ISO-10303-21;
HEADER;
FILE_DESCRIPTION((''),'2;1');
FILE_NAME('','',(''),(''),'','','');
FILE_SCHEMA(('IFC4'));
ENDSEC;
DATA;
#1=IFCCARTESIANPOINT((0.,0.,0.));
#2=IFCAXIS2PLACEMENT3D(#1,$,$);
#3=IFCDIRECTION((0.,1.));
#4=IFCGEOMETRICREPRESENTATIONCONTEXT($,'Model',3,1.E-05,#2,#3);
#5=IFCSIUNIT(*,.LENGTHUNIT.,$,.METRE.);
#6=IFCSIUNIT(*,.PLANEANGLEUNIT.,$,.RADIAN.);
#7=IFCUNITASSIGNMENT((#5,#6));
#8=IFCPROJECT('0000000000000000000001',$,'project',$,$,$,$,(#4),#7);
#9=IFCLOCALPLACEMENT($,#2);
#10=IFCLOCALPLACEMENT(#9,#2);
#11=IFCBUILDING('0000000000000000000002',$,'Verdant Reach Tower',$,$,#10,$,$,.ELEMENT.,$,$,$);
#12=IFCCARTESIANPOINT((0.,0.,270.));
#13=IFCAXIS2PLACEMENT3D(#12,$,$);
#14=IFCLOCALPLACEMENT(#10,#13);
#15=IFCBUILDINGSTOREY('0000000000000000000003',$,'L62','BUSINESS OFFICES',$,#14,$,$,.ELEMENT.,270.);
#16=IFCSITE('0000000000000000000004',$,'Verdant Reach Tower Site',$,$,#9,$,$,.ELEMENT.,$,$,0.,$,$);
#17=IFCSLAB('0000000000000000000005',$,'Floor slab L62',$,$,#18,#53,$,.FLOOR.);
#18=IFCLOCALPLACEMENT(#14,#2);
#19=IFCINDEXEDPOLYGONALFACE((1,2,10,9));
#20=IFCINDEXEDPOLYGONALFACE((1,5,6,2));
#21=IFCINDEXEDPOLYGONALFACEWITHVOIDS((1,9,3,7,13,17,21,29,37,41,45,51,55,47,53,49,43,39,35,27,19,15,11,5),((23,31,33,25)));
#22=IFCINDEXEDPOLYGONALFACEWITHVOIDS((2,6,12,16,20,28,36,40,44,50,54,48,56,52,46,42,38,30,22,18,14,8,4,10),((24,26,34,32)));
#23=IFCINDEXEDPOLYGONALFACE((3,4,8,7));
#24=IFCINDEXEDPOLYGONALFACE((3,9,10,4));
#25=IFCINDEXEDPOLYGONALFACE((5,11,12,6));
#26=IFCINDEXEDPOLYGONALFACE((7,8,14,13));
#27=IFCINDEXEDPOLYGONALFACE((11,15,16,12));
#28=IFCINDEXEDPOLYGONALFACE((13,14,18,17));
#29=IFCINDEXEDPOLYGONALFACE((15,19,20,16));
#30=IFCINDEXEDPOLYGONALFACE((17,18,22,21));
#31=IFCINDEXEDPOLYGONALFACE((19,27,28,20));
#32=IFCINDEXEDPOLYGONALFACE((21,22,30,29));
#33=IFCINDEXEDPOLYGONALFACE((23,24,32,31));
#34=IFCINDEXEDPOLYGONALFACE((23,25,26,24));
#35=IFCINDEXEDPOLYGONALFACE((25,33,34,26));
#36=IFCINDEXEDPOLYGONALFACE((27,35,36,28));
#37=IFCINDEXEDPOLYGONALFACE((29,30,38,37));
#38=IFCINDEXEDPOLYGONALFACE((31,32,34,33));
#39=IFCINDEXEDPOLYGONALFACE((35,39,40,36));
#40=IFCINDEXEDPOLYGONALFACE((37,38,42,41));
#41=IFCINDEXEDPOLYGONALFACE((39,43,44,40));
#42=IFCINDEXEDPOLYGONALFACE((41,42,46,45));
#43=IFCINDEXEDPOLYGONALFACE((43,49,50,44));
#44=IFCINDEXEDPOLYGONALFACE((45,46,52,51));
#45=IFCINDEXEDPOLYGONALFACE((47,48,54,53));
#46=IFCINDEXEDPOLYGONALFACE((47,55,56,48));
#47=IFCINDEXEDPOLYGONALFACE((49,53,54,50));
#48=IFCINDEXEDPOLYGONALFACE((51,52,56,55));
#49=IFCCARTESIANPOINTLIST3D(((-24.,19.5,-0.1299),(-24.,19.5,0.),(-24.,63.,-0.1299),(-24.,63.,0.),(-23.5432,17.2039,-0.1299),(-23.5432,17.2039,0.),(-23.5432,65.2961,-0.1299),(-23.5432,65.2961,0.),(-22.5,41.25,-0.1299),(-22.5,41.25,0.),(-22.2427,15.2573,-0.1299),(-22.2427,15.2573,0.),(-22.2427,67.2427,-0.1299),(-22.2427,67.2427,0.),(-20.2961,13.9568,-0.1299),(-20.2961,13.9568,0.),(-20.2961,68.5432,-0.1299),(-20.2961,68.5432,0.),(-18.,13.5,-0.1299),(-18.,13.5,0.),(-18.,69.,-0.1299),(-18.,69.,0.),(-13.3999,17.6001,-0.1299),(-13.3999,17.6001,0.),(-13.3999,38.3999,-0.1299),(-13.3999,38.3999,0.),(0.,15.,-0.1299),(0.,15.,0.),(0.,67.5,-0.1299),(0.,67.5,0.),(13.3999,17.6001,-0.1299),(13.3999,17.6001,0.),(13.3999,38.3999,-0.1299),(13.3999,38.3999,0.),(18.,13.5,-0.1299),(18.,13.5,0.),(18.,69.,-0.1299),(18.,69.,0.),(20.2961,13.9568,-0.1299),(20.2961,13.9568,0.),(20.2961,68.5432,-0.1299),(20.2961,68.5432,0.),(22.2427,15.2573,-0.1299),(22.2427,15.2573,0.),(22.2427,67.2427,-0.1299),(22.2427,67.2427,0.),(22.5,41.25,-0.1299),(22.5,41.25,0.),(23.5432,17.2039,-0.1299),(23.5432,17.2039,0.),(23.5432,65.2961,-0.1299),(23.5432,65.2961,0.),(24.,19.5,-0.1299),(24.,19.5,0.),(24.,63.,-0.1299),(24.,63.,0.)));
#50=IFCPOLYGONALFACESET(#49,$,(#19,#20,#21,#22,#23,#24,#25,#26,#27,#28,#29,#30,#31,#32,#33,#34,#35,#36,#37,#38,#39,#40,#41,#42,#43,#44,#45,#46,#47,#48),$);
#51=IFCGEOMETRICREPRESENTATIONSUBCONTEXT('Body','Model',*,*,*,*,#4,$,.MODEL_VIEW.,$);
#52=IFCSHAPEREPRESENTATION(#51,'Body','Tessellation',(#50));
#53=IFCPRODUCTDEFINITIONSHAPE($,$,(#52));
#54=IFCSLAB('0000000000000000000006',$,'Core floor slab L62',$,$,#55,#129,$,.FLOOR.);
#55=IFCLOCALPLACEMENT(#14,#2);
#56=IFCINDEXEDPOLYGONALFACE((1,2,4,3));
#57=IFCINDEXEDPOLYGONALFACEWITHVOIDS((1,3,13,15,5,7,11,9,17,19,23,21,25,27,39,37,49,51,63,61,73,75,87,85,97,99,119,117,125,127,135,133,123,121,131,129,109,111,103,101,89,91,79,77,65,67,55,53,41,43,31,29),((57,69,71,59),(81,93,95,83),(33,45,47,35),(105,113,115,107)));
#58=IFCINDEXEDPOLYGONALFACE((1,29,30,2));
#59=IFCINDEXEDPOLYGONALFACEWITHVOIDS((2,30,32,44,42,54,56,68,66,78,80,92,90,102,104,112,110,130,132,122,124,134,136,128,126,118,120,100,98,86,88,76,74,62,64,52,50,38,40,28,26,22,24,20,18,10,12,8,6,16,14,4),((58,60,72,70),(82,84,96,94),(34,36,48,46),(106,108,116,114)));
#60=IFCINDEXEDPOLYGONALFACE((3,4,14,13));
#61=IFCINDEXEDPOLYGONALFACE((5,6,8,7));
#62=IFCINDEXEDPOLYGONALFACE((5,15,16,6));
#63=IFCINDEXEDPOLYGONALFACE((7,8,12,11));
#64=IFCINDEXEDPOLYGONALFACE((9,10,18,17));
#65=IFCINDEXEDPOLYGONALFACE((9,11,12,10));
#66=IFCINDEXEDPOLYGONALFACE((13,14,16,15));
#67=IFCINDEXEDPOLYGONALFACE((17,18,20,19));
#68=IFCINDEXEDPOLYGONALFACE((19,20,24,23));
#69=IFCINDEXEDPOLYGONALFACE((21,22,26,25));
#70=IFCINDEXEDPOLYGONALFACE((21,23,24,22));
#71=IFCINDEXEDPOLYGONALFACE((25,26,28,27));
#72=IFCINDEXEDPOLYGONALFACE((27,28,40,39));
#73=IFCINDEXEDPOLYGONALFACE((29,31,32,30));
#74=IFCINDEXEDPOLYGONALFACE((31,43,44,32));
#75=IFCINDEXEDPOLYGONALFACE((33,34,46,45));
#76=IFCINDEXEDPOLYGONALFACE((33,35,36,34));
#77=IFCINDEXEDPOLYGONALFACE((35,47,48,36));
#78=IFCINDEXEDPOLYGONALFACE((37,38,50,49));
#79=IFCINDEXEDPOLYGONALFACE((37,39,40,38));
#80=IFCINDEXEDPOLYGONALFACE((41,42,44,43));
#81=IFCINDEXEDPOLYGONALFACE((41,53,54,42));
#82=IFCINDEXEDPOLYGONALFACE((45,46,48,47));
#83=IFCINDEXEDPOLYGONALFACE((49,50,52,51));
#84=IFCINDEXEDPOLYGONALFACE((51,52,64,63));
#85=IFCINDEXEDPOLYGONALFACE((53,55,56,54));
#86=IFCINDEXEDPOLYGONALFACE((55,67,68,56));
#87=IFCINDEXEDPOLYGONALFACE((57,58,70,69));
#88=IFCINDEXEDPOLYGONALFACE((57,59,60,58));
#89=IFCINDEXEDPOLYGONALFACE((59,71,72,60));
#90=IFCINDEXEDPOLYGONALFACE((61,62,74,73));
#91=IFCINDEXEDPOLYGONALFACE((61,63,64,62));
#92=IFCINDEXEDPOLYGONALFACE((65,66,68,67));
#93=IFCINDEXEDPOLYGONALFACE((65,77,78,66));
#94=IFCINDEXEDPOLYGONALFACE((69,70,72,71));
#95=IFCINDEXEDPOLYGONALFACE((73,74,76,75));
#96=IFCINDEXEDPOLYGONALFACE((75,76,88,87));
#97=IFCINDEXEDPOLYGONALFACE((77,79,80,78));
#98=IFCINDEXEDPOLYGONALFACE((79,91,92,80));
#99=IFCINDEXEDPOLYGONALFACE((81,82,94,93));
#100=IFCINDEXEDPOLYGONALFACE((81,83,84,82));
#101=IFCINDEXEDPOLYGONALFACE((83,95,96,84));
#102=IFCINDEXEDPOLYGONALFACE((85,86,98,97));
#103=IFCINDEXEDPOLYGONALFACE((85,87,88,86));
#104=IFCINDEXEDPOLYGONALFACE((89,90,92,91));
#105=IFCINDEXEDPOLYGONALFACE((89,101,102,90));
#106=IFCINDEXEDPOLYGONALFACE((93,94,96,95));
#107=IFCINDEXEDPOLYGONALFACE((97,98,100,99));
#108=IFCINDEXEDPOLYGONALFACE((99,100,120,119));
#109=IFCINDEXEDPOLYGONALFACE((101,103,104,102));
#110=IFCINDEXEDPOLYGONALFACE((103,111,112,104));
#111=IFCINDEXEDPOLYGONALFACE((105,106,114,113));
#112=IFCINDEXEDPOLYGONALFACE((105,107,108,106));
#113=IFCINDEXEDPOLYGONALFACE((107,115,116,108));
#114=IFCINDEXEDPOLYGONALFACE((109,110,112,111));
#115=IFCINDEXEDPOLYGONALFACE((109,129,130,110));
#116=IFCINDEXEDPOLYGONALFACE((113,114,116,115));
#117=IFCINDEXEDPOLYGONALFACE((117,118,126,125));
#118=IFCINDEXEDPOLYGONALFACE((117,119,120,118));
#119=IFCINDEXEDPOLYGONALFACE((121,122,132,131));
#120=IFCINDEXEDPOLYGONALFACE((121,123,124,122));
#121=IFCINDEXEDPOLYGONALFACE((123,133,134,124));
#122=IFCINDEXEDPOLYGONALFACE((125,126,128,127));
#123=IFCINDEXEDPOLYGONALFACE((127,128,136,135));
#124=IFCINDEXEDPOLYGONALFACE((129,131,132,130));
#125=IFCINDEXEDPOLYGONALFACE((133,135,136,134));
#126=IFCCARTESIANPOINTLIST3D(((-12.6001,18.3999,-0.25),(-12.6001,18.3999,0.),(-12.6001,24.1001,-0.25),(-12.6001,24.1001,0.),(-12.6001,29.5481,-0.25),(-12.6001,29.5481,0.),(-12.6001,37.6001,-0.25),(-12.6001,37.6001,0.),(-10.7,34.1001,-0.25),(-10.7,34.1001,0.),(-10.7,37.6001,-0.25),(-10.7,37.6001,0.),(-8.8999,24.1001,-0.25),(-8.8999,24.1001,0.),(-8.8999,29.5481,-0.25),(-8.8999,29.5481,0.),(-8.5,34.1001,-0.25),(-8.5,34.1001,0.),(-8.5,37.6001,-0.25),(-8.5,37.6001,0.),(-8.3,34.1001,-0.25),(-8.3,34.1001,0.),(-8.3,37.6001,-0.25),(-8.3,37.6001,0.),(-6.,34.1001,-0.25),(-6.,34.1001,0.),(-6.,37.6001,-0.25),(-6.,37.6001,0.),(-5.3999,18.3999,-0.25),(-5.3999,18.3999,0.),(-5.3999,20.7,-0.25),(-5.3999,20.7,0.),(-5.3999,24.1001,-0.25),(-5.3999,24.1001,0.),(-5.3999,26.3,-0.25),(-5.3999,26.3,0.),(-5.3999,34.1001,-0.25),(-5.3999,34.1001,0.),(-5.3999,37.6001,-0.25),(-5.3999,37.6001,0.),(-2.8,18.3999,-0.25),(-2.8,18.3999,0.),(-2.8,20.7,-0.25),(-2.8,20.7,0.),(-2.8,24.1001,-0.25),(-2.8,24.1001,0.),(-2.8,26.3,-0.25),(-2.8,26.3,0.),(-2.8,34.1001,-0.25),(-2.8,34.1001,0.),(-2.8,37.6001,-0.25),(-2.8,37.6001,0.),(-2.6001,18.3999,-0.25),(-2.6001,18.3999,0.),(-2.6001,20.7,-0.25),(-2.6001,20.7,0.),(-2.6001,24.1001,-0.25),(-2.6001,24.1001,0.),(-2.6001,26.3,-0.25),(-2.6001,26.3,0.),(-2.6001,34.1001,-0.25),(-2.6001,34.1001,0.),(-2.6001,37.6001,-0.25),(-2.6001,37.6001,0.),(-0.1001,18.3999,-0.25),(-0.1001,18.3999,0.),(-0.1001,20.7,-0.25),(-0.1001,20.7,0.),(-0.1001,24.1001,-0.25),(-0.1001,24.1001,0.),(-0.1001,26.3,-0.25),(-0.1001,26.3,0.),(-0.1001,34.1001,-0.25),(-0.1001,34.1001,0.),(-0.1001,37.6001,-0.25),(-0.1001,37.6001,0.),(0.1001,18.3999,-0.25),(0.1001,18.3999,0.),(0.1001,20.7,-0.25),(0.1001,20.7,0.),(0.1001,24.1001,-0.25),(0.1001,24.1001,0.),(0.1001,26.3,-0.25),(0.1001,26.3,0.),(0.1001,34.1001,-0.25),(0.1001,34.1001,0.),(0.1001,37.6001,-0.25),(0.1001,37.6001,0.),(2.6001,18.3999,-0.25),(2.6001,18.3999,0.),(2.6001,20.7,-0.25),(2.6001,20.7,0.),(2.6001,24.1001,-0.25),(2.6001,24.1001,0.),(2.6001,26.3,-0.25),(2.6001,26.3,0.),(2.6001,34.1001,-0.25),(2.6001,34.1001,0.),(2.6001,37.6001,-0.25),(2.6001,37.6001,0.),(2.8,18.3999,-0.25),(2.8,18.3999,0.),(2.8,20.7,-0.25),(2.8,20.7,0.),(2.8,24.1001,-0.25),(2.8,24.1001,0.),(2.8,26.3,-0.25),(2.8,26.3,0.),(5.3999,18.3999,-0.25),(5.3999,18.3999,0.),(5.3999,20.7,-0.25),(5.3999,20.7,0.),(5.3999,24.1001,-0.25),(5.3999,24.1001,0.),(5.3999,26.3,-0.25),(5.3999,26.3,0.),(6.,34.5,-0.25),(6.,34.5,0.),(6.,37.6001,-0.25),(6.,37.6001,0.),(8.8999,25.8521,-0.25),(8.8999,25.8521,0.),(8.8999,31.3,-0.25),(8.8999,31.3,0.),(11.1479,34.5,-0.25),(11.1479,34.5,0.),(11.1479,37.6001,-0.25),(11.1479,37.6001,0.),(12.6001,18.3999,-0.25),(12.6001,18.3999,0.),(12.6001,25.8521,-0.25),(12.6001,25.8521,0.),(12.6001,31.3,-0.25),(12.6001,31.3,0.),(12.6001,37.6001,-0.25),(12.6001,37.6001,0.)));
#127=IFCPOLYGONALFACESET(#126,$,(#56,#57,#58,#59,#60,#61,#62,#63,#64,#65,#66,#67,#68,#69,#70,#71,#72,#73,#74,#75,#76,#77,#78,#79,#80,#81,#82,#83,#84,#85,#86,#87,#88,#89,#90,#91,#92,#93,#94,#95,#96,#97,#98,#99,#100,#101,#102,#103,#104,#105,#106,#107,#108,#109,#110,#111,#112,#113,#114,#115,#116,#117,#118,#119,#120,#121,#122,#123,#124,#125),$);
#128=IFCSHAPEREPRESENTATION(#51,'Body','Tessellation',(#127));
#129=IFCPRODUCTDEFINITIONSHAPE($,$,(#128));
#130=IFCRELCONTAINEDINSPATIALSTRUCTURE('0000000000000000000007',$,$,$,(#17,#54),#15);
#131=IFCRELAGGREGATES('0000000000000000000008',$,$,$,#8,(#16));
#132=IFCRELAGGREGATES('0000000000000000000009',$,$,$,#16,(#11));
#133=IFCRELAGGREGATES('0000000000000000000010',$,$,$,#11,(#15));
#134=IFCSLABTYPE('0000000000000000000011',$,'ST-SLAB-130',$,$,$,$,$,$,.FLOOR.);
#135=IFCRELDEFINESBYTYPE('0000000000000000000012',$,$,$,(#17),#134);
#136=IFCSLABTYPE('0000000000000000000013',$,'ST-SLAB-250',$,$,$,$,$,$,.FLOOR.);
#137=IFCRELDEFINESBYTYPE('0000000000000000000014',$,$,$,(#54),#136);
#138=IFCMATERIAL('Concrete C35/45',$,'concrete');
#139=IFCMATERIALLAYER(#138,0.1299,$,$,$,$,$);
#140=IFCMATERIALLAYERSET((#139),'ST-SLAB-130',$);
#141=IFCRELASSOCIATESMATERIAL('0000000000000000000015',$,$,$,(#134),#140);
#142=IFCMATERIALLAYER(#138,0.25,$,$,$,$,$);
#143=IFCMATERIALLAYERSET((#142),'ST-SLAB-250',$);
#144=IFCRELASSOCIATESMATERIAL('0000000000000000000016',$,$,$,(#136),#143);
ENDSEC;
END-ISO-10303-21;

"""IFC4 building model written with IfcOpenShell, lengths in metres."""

from ifc_helpers import new_model, si_unit, direction, frame, origin, place, context, subcontext, project, spatial, polyline, outline, extrude, material, layer, layer_set, type_object, element, save


model = new_model("IFC4")

# Units and contexts
model_context = context("Model", 3, precision=1e-05, world=origin(), true_north=direction((0.0, 1.0)))
body_context = subcontext(model_context, "Body", "Model", "MODEL_VIEW")
ifc_project = project(units=[si_unit("LENGTHUNIT", "METRE"), si_unit("PLANEANGLEUNIT", "RADIAN")], contexts=[model_context])

# Site, building, storey
site_placement = place(None, origin())
site = spatial("IfcSite", under=ifc_project, at=site_placement, Name="Verdant Reach Tower Site", CompositionType="ELEMENT", RefElevation=0.0)
building_placement = place(site_placement, origin())
building = spatial("IfcBuilding", under=site, at=building_placement, Name="Verdant Reach Tower", CompositionType="ELEMENT")
storey_placement = place(building_placement, frame((0.0, 0.0, 270.0)))
storey = spatial("IfcBuildingStorey", under=building, at=storey_placement, Name="L62", Description="BUSINESS OFFICES", CompositionType="ELEMENT", Elevation=270.0)

# Slabs
ifc_material_1 = material(Name="Concrete C35/45", Category="concrete")
ifc_layer_1 = layer(ifc_material_1, 0.1299)
ifc_layer_set_1 = layer_set([ifc_layer_1], Name="ST-SLAB-130")
slab_type_1 = type_object("IfcSlabType", Name="ST-SLAB-130", PredefinedType="FLOOR", material=ifc_layer_set_1)
slab_1_placement = place(storey_placement, frame((0.0, 0.0, -0.1299)))
element("IfcSlab", 1, at=slab_1_placement, inside=storey, type_object=slab_type_1, Name="Floor slab L62", PredefinedType="FLOOR", context=body_context, shape_type="SweptSolid", body=[
    extrude(outline(polyline([(0.0, 15.0), (-18.0, 13.5), (-20.2961, 13.9568), (-22.2427, 15.2573), (-23.5432, 17.2039), (-24.0, 19.5), (-22.5, 41.25), (-24.0, 63.0), (-23.5432, 65.2961), (-22.2427, 67.2427), (-20.2961, 68.5432), (-18.0, 69.0), (0.0, 67.5), (18.0, 69.0), (20.2961, 68.5432), (22.2427, 67.2427), (23.5432, 65.2961), (24.0, 63.0), (22.5, 41.25), (24.0, 19.5), (23.5432, 17.2039), (22.2427, 15.2573), (20.2961, 13.9568), (18.0, 13.5), (0.0, 15.0)]), holes=[polyline([(13.3999, 38.3999), (-13.3999, 38.3999), (-13.3999, 17.6001), (13.3999, 17.6001), (13.3999, 38.3999)])]), origin(), (0.0, 0.0, 1.0), 0.1299),
])
ifc_layer_2 = layer(ifc_material_1, 0.25)
ifc_layer_set_2 = layer_set([ifc_layer_2], Name="ST-SLAB-250")
slab_type_2 = type_object("IfcSlabType", Name="ST-SLAB-250", PredefinedType="FLOOR", material=ifc_layer_set_2)
slab_2_placement = place(storey_placement, frame((0.0, 0.0, -0.25)))
element("IfcSlab", 2, at=slab_2_placement, inside=storey, type_object=slab_type_2, Name="Core floor slab L62", PredefinedType="FLOOR", context=body_context, shape_type="SweptSolid", body=[
    extrude(outline(polyline([(12.6001, 18.3999), (5.3999, 18.3999), (5.3999, 20.7), (2.8, 20.7), (2.8, 18.3999), (2.6001, 18.3999), (2.6001, 20.7), (0.1001, 20.7), (0.1001, 18.3999), (-0.1001, 18.3999), (-0.1001, 20.7), (-2.6001, 20.7), (-2.6001, 18.3999), (-2.8, 18.3999), (-2.8, 20.7), (-5.3999, 20.7), (-5.3999, 18.3999), (-12.6001, 18.3999), (-12.6001, 24.1001), (-8.8999, 24.1001), (-8.8999, 29.5481), (-12.6001, 29.5481), (-12.6001, 37.6001), (-10.7, 37.6001), (-10.7, 34.1001), (-8.5, 34.1001), (-8.5, 37.6001), (-8.3, 37.6001), (-8.3, 34.1001), (-6.0, 34.1001), (-6.0, 37.6001), (-5.3999, 37.6001), (-5.3999, 34.1001), (-2.8, 34.1001), (-2.8, 37.6001), (-2.6001, 37.6001), (-2.6001, 34.1001), (-0.1001, 34.1001), (-0.1001, 37.6001), (0.1001, 37.6001), (0.1001, 34.1001), (2.6001, 34.1001), (2.6001, 37.6001), (6.0, 37.6001), (6.0, 34.5), (11.1479, 34.5), (11.1479, 37.6001), (12.6001, 37.6001), (12.6001, 31.3), (8.8999, 31.3), (8.8999, 25.8521), (12.6001, 25.8521), (12.6001, 18.3999)]), holes=[polyline([(-2.8, 24.1001), (-2.8, 26.3), (-5.3999, 26.3), (-5.3999, 24.1001), (-2.8, 24.1001)]), polyline([(-0.1001, 24.1001), (-0.1001, 26.3), (-2.6001, 26.3), (-2.6001, 24.1001), (-0.1001, 24.1001)]), polyline([(2.6001, 24.1001), (2.6001, 26.3), (0.1001, 26.3), (0.1001, 24.1001), (2.6001, 24.1001)]), polyline([(5.3999, 24.1001), (5.3999, 26.3), (2.8, 26.3), (2.8, 24.1001), (5.3999, 24.1001)])]), origin(), (0.0, 0.0, 1.0), 0.25),
])

save(model, "model.ifc")
